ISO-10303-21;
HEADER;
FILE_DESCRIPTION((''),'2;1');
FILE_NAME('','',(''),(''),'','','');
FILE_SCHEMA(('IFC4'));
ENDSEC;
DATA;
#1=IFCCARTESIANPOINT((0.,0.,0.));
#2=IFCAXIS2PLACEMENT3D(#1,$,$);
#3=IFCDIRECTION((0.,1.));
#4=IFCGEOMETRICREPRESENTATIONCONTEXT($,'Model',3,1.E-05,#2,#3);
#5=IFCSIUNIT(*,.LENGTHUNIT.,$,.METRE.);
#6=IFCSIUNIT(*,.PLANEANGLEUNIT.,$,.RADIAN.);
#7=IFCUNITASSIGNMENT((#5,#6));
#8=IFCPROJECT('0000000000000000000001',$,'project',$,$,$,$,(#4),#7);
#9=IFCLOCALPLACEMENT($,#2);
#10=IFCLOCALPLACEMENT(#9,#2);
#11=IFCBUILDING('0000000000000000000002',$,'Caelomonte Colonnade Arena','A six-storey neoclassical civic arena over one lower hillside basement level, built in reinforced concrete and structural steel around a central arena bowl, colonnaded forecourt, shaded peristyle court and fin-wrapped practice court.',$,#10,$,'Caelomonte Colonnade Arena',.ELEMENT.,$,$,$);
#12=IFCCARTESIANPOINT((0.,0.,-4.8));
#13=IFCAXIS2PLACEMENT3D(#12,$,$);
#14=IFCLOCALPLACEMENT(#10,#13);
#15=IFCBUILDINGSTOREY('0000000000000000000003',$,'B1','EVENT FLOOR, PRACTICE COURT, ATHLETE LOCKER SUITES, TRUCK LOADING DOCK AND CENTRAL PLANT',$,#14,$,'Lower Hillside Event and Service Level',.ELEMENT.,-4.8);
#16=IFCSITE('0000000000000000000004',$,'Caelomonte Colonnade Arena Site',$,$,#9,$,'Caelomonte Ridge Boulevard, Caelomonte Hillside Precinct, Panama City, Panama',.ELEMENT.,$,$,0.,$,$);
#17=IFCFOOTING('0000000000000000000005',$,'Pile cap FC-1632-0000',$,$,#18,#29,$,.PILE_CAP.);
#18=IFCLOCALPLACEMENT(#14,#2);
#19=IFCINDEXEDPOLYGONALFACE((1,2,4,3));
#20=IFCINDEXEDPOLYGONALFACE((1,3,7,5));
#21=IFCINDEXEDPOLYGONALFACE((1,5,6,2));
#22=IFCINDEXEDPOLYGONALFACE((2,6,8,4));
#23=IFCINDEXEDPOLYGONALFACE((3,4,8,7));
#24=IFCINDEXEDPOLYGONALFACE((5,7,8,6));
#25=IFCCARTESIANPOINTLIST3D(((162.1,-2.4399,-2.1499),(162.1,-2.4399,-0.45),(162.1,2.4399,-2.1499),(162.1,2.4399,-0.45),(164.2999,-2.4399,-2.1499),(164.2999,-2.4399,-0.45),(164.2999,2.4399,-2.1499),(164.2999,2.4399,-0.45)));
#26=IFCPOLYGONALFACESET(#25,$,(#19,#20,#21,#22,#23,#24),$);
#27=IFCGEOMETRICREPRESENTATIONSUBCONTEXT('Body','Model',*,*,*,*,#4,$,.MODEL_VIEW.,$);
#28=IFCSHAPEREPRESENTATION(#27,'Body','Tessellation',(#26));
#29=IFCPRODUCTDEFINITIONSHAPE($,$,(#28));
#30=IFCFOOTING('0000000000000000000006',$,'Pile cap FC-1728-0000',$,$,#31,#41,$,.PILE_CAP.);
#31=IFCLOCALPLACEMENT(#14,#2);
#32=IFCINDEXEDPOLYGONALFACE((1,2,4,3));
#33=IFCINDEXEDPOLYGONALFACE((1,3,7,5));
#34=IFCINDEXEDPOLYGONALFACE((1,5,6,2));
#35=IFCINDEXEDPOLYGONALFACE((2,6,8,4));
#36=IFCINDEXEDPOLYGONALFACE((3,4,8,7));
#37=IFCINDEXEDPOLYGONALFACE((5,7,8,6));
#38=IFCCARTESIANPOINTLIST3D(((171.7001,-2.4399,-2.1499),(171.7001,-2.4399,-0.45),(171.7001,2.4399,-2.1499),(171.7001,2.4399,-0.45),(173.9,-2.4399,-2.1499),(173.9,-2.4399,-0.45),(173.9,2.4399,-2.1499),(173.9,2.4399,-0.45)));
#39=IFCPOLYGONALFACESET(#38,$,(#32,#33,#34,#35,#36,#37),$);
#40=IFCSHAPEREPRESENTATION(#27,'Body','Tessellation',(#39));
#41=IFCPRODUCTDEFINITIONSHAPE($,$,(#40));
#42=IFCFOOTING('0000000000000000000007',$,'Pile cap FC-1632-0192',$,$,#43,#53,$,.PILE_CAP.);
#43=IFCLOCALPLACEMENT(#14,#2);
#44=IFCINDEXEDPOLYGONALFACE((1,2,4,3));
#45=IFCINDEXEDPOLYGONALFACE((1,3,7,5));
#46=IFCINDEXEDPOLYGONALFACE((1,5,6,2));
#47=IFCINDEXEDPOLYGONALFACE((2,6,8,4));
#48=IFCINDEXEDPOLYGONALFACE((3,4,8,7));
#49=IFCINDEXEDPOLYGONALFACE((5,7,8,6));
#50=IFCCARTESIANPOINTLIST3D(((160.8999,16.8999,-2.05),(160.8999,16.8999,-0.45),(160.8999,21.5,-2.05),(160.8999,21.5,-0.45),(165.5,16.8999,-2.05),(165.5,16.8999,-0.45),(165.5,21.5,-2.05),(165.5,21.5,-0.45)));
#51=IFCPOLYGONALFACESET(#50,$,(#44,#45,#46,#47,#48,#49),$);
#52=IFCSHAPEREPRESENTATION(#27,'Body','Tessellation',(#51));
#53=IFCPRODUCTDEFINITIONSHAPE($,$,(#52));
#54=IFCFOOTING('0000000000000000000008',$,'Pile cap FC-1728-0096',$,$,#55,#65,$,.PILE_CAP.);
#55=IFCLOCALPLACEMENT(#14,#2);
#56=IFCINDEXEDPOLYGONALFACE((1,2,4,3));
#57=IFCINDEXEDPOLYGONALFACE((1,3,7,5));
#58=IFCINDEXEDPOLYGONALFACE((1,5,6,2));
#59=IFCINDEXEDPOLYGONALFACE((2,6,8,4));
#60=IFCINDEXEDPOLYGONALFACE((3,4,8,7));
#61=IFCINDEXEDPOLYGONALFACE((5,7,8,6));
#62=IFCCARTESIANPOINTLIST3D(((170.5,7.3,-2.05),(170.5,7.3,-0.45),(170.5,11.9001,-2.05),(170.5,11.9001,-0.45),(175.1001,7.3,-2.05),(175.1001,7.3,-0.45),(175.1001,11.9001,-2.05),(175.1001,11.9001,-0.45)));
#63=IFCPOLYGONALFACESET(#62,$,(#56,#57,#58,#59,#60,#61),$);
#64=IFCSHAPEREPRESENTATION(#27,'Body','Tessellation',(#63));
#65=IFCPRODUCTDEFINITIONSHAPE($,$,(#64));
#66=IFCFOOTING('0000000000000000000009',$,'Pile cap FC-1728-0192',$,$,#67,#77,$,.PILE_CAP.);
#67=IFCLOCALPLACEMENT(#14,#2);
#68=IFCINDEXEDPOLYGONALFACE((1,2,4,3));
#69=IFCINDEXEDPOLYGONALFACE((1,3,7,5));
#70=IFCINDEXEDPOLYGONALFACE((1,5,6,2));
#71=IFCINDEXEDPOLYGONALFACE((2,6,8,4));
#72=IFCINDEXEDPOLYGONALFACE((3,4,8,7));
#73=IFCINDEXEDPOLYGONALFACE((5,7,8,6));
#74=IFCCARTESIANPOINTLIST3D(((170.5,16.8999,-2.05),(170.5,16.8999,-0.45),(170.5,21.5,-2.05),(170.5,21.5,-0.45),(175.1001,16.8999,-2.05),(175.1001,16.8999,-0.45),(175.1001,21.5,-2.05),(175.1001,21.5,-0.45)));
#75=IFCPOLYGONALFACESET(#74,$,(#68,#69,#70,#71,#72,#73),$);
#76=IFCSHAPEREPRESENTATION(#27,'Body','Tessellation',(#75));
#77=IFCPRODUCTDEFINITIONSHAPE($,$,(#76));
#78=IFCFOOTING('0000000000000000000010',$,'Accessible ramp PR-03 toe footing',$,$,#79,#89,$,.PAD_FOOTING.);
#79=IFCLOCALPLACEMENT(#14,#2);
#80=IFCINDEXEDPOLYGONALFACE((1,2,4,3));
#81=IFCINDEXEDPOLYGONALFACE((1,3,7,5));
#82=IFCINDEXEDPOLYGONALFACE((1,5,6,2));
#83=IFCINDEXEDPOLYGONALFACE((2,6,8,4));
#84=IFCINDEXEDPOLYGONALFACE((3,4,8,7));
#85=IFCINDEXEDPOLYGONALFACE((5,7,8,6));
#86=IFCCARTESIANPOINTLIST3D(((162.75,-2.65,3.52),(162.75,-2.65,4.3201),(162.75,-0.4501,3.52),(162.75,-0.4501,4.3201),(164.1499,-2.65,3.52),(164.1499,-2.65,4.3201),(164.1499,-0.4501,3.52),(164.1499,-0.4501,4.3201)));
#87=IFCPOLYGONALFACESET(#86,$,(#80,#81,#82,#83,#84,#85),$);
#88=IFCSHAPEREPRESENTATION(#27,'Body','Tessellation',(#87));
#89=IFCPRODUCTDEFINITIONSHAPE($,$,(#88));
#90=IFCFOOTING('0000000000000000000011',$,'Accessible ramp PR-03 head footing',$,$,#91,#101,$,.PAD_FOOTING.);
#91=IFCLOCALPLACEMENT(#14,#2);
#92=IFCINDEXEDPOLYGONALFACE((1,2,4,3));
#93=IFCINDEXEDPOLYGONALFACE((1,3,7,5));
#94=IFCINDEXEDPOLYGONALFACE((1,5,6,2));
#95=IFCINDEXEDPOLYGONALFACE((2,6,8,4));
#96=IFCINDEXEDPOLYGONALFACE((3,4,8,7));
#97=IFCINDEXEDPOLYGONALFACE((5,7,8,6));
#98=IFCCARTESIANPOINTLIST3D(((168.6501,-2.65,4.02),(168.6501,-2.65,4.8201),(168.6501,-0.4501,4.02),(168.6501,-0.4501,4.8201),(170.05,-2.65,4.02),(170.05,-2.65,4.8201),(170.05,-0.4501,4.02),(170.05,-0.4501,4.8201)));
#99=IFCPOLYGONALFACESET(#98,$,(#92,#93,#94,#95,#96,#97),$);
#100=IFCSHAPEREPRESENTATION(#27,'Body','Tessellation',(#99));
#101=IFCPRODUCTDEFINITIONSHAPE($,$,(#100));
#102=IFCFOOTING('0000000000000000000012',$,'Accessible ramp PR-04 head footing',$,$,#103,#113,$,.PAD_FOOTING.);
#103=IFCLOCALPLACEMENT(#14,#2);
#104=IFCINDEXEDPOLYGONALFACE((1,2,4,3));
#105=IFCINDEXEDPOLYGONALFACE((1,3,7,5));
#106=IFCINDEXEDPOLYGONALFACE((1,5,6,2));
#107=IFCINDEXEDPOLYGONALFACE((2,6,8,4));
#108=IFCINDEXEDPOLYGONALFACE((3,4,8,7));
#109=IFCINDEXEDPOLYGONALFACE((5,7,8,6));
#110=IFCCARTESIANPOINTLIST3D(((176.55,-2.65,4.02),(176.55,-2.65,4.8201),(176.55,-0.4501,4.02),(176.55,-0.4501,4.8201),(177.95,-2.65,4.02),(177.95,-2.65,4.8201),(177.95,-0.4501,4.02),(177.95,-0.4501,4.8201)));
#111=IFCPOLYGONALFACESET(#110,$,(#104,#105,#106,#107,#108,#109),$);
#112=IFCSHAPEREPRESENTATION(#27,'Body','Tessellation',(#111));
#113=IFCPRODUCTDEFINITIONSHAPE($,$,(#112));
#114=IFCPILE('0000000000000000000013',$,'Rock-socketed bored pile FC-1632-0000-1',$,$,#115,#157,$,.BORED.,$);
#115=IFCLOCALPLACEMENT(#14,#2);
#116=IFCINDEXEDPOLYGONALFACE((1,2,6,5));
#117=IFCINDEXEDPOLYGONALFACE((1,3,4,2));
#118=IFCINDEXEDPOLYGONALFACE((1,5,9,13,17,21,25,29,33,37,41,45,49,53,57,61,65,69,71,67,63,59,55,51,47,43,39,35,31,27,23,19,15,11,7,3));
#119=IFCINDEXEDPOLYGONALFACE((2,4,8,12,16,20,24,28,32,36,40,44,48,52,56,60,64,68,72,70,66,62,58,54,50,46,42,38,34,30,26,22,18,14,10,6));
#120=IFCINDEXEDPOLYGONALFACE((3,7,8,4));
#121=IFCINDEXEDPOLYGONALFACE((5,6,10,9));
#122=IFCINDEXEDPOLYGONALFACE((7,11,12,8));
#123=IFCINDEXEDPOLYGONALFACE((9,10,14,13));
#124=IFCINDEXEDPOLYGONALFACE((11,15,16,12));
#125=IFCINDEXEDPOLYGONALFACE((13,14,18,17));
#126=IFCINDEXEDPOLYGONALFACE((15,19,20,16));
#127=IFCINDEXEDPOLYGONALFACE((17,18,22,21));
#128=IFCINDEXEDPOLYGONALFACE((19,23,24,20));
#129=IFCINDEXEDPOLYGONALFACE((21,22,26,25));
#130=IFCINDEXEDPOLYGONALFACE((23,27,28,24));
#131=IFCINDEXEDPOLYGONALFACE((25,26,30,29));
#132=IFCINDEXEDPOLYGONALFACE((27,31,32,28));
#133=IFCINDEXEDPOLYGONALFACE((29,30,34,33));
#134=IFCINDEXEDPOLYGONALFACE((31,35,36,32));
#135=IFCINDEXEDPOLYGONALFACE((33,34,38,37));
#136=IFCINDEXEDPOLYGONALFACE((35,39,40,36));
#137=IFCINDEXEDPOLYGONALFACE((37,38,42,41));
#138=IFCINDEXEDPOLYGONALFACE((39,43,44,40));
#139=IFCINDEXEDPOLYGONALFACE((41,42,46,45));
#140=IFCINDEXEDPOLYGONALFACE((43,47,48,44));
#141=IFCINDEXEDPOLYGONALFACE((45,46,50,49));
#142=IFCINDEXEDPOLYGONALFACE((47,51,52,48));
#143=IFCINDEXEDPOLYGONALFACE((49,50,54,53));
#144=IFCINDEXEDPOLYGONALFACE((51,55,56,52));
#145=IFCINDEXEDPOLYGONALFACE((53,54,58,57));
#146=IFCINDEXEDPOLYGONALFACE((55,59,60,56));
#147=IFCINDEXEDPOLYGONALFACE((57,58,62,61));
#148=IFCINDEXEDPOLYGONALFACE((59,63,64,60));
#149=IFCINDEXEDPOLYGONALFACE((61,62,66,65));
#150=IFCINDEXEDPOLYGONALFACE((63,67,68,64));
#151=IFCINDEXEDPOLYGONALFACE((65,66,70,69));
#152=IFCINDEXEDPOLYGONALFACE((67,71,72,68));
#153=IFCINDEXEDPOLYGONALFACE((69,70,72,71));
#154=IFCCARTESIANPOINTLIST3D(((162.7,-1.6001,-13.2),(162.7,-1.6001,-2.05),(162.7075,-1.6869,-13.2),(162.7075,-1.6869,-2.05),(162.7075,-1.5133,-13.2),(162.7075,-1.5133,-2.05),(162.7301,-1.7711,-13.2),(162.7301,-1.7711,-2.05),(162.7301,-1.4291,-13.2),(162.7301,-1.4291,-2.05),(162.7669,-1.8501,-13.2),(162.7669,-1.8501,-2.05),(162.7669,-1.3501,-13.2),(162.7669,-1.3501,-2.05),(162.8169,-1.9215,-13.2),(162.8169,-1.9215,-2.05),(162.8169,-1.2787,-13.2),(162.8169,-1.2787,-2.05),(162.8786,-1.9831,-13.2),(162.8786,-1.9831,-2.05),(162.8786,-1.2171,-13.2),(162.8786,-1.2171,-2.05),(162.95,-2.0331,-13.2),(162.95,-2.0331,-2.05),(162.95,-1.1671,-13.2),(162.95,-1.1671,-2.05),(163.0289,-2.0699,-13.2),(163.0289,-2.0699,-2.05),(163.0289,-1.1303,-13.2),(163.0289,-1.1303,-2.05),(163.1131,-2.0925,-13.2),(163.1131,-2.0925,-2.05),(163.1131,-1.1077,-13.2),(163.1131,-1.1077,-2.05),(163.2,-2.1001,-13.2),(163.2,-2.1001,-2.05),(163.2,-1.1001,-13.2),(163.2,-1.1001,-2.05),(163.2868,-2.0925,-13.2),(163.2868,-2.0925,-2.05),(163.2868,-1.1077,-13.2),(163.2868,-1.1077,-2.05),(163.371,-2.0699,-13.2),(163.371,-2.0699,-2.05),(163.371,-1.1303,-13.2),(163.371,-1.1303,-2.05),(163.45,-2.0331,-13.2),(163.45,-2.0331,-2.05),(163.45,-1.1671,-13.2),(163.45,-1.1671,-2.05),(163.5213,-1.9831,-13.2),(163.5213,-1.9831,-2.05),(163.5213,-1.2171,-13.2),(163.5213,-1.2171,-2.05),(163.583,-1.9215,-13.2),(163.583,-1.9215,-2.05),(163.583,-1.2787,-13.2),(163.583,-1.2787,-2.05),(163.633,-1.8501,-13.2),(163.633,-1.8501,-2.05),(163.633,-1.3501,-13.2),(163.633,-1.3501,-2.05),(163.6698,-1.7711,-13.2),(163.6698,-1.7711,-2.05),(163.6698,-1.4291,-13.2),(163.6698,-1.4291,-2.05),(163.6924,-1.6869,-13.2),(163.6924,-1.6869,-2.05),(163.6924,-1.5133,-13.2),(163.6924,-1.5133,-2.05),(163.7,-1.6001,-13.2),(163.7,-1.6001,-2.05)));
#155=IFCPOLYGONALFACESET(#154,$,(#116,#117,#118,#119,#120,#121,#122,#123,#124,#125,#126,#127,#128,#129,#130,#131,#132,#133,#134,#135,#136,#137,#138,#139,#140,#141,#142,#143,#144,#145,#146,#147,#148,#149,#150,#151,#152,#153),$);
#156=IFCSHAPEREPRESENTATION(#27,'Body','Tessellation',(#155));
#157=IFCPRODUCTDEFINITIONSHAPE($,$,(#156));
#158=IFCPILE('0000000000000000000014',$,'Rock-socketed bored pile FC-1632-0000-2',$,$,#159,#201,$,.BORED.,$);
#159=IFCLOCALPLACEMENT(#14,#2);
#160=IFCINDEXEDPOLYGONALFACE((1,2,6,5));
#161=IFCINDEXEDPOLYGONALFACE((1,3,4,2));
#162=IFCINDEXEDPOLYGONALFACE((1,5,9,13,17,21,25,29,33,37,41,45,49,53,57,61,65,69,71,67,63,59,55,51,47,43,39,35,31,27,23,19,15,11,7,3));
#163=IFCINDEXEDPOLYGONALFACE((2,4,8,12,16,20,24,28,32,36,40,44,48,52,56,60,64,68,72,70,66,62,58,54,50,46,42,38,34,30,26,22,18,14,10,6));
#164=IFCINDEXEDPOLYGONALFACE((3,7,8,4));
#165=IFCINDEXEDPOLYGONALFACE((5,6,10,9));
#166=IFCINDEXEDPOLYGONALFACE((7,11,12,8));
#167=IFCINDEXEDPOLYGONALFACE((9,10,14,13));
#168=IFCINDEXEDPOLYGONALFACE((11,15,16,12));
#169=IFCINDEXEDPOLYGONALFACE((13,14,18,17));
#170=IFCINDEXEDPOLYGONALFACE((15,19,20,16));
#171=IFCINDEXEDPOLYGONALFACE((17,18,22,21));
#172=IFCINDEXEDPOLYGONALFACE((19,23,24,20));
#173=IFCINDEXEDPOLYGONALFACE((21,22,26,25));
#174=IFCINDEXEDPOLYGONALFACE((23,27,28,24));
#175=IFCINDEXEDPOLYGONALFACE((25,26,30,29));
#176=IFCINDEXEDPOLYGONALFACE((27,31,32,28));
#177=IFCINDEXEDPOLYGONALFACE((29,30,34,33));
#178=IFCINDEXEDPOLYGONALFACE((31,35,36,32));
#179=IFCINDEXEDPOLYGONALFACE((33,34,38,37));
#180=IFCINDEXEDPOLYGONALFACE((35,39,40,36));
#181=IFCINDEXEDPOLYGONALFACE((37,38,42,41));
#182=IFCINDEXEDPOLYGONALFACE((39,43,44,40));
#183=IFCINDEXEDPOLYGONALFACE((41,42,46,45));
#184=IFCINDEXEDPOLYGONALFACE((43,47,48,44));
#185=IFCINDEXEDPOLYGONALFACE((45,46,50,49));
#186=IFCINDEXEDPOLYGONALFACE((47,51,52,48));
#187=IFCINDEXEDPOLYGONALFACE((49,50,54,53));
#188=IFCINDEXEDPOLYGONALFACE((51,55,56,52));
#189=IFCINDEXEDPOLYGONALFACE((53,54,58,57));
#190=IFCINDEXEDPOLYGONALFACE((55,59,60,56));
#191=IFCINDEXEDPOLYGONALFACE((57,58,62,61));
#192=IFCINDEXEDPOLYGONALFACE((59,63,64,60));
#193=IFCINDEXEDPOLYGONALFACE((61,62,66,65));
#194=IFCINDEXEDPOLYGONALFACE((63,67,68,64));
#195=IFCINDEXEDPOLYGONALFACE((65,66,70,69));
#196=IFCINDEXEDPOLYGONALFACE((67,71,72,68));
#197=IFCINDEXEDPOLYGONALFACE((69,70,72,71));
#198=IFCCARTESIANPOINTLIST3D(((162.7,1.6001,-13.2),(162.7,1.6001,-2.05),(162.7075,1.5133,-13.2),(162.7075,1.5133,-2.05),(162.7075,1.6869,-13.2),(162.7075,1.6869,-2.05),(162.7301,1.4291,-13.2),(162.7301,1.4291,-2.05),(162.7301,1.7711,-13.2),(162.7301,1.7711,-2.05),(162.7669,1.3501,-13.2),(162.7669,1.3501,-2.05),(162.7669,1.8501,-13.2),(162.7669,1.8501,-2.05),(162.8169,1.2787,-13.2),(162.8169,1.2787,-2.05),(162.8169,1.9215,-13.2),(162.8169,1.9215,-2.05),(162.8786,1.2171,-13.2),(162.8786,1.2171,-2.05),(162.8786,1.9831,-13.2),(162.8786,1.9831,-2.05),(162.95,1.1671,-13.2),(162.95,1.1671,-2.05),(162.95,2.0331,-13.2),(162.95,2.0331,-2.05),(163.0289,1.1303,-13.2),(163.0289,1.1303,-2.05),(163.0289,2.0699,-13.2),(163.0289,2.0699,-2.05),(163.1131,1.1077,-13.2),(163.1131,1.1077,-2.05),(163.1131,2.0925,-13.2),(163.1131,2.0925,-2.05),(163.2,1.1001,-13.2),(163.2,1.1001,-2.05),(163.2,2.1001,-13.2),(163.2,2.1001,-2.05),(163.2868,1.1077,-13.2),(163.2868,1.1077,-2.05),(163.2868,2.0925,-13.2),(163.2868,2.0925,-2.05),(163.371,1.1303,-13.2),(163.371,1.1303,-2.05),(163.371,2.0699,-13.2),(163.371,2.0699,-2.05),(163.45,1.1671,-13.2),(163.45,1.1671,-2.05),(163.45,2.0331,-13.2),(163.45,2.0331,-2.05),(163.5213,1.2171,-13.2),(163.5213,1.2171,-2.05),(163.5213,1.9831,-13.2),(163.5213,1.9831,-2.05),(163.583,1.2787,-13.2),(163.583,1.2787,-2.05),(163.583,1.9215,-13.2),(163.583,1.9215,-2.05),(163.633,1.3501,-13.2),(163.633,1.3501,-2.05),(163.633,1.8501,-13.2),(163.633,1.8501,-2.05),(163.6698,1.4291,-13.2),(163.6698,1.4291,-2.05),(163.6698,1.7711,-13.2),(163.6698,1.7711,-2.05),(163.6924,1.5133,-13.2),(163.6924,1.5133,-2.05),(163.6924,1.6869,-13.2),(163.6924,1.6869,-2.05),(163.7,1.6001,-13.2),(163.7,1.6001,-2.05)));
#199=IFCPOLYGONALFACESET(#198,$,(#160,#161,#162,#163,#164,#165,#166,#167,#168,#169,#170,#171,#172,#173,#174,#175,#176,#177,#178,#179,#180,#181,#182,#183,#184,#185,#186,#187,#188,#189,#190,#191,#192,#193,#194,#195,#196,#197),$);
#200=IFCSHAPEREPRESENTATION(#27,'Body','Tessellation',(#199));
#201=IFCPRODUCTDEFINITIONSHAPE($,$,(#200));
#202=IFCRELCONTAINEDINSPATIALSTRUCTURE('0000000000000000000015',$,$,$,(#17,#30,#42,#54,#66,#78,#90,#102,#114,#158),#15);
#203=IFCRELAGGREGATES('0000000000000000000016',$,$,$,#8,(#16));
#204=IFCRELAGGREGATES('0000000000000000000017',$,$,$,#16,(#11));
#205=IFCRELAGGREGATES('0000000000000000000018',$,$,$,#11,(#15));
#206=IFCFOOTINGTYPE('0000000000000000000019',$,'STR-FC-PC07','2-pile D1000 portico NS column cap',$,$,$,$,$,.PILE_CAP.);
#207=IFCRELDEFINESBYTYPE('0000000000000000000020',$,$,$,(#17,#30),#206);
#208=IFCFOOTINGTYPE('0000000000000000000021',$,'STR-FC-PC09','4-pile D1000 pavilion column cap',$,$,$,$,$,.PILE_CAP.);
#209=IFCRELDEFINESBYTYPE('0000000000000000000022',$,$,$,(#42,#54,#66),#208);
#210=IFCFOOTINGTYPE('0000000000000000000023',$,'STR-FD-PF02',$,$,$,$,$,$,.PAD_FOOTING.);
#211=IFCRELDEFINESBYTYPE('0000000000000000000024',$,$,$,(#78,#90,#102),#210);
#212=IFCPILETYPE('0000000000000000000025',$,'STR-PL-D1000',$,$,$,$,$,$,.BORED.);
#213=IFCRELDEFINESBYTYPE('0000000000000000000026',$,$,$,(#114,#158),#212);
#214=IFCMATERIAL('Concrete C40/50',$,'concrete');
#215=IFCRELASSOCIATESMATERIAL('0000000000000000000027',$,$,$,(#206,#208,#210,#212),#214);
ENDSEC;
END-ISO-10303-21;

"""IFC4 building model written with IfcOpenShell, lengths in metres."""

from ifc_helpers import new_model, si_unit, direction, frame, origin, origin_2d, place, context, subcontext, project, spatial, rectangle, circle, extrude, material, material_profile, profile_set, type_object, element, save


model = new_model("IFC4")

# Units and contexts
model_context = context("Model", 3, precision=1e-05, world=origin(), true_north=direction((0.0, 1.0)))
body_context = subcontext(model_context, "Body", "Model", "MODEL_VIEW")
ifc_project = project(units=[si_unit("LENGTHUNIT", "METRE"), si_unit("PLANEANGLEUNIT", "RADIAN")], contexts=[model_context])

# Site, building, storey
site_placement = place(None, origin())
site = spatial("IfcSite", under=ifc_project, at=site_placement, Name="Caelomonte Colonnade Arena Site", LongName="Caelomonte Ridge Boulevard, Caelomonte Hillside Precinct, Panama City, Panama", CompositionType="ELEMENT", RefElevation=0.0)
building_placement = place(site_placement, origin())
building = spatial("IfcBuilding", under=site, at=building_placement, Name="Caelomonte Colonnade Arena", Description="A six-storey neoclassical civic arena over one lower hillside basement level, built in reinforced concrete and structural steel around a central arena bowl, colonnaded forecourt, shaded peristyle court and fin-wrapped practice court.", LongName="Caelomonte Colonnade Arena", CompositionType="ELEMENT")
storey_placement = place(building_placement, frame((0.0, 0.0, -4.8)))
storey = spatial("IfcBuildingStorey", under=building, at=storey_placement, Name="B1", Description="EVENT FLOOR, PRACTICE COURT, ATHLETE LOCKER SUITES, TRUCK LOADING DOCK AND CENTRAL PLANT", LongName="Lower Hillside Event and Service Level", CompositionType="ELEMENT", Elevation=-4.8)

# Footings
ifc_material_1 = material(Name="Concrete C40/50", Category="concrete")
footing_type_1 = type_object("IfcFootingType", Name="STR-FC-PC07", Description="2-pile D1000 portico NS column cap", PredefinedType="PILE_CAP", material=ifc_material_1)
for number, where, z_axis, x_axis, name in (
    (1, (163.2, 0.0, -2.1499), (0.0, 0.0, 1.0), (1.0, 0.0, 0.0), "Pile cap FC-1632-0000"),
    (2, (172.8, 0.0, -2.1499), (0.0, 0.0, 1.0), (1.0, 0.0, 0.0), "Pile cap FC-1728-0000"),
):
    element("IfcFooting", number, at=place(storey_placement, frame(where, z_axis=z_axis, x_axis=x_axis)), inside=storey, type_object=footing_type_1, Name=name, PredefinedType="PILE_CAP", context=body_context, shape_type="SweptSolid", body=[
        extrude(rectangle(XDim=2.2, YDim=4.8799, at=origin_2d()), origin(), (0.0, 0.0, 1.0), 1.7),
    ])
footing_type_2 = type_object("IfcFootingType", Name="STR-FC-PC09", Description="4-pile D1000 pavilion column cap", PredefinedType="PILE_CAP", material=ifc_material_1)
for number, where, z_axis, x_axis, name in (
    (3, (163.2, 19.2, -2.05), (0.0, 0.0, 1.0), (1.0, 0.0, 0.0), "Pile cap FC-1632-0192"),
    (4, (172.8, 9.6001, -2.05), (0.0, 0.0, 1.0), (1.0, 0.0, 0.0), "Pile cap FC-1728-0096"),
    (5, (172.8, 19.2, -2.05), (0.0, 0.0, 1.0), (1.0, 0.0, 0.0), "Pile cap FC-1728-0192"),
):
    element("IfcFooting", number, at=place(storey_placement, frame(where, z_axis=z_axis, x_axis=x_axis)), inside=storey, type_object=footing_type_2, Name=name, PredefinedType="PILE_CAP", context=body_context, shape_type="SweptSolid", body=[
        extrude(rectangle(XDim=4.6001, YDim=4.6001, at=origin_2d()), origin(), (0.0, 0.0, 1.0), 1.6001),
    ])
footing_type_3 = type_object("IfcFootingType", Name="STR-FD-PF02", PredefinedType="PAD_FOOTING", material=ifc_material_1)
for number, where, z_axis, x_axis, name in (
    (6, (163.45, -1.55, 3.52), (0.0, 0.0, 1.0), (1.0, 0.0, 0.0), "Accessible ramp PR-03 toe footing"),
    (7, (169.3501, -1.55, 4.02), (0.0, 0.0, 1.0), (1.0, 0.0, 0.0), "Accessible ramp PR-03 head footing"),
    (8, (177.25, -1.55, 4.02), (0.0, 0.0, 1.0), (1.0, 0.0, 0.0), "Accessible ramp PR-04 head footing"),
):
    element("IfcFooting", number, at=place(storey_placement, frame(where, z_axis=z_axis, x_axis=x_axis)), inside=storey, type_object=footing_type_3, Name=name, PredefinedType="PAD_FOOTING", context=body_context, shape_type="SweptSolid", body=[
        extrude(rectangle(XDim=1.3999, YDim=2.2, at=origin_2d()), origin(), (0.0, 0.0, 1.0), 0.8),
    ])

# Piles
ifc_material_profile_1 = material_profile(ifc_material_1, circle(Radius=0.5, at=origin_2d()), Name="PILE-D1000")
ifc_profile_set_1 = profile_set([ifc_material_profile_1], Name="Concrete C40/50")
pile_type = type_object("IfcPileType", Name="STR-PL-D1000", PredefinedType="BORED", material=ifc_profile_set_1)
for number, where, z_axis, x_axis, name in (
    (9, (163.2, -1.6001, -2.05), (0.0, 0.0, -1.0), (1.0, 0.0, 0.0), "Rock-socketed bored pile FC-1632-0000-1"),
    (10, (163.2, 1.6001, -2.05), (0.0, 0.0, -1.0), (1.0, 0.0, 0.0), "Rock-socketed bored pile FC-1632-0000-2"),
):
    element("IfcPile", number, at=place(storey_placement, frame(where, z_axis=z_axis, x_axis=x_axis)), inside=storey, type_object=pile_type, Name=name, PredefinedType="BORED", context=body_context, shape_type="SweptSolid", body=[
        extrude(circle(Radius=0.5, at=origin_2d()), origin(), (0.0, 0.0, 1.0), 11.1499),
    ])

save(model, "model.ifc")
